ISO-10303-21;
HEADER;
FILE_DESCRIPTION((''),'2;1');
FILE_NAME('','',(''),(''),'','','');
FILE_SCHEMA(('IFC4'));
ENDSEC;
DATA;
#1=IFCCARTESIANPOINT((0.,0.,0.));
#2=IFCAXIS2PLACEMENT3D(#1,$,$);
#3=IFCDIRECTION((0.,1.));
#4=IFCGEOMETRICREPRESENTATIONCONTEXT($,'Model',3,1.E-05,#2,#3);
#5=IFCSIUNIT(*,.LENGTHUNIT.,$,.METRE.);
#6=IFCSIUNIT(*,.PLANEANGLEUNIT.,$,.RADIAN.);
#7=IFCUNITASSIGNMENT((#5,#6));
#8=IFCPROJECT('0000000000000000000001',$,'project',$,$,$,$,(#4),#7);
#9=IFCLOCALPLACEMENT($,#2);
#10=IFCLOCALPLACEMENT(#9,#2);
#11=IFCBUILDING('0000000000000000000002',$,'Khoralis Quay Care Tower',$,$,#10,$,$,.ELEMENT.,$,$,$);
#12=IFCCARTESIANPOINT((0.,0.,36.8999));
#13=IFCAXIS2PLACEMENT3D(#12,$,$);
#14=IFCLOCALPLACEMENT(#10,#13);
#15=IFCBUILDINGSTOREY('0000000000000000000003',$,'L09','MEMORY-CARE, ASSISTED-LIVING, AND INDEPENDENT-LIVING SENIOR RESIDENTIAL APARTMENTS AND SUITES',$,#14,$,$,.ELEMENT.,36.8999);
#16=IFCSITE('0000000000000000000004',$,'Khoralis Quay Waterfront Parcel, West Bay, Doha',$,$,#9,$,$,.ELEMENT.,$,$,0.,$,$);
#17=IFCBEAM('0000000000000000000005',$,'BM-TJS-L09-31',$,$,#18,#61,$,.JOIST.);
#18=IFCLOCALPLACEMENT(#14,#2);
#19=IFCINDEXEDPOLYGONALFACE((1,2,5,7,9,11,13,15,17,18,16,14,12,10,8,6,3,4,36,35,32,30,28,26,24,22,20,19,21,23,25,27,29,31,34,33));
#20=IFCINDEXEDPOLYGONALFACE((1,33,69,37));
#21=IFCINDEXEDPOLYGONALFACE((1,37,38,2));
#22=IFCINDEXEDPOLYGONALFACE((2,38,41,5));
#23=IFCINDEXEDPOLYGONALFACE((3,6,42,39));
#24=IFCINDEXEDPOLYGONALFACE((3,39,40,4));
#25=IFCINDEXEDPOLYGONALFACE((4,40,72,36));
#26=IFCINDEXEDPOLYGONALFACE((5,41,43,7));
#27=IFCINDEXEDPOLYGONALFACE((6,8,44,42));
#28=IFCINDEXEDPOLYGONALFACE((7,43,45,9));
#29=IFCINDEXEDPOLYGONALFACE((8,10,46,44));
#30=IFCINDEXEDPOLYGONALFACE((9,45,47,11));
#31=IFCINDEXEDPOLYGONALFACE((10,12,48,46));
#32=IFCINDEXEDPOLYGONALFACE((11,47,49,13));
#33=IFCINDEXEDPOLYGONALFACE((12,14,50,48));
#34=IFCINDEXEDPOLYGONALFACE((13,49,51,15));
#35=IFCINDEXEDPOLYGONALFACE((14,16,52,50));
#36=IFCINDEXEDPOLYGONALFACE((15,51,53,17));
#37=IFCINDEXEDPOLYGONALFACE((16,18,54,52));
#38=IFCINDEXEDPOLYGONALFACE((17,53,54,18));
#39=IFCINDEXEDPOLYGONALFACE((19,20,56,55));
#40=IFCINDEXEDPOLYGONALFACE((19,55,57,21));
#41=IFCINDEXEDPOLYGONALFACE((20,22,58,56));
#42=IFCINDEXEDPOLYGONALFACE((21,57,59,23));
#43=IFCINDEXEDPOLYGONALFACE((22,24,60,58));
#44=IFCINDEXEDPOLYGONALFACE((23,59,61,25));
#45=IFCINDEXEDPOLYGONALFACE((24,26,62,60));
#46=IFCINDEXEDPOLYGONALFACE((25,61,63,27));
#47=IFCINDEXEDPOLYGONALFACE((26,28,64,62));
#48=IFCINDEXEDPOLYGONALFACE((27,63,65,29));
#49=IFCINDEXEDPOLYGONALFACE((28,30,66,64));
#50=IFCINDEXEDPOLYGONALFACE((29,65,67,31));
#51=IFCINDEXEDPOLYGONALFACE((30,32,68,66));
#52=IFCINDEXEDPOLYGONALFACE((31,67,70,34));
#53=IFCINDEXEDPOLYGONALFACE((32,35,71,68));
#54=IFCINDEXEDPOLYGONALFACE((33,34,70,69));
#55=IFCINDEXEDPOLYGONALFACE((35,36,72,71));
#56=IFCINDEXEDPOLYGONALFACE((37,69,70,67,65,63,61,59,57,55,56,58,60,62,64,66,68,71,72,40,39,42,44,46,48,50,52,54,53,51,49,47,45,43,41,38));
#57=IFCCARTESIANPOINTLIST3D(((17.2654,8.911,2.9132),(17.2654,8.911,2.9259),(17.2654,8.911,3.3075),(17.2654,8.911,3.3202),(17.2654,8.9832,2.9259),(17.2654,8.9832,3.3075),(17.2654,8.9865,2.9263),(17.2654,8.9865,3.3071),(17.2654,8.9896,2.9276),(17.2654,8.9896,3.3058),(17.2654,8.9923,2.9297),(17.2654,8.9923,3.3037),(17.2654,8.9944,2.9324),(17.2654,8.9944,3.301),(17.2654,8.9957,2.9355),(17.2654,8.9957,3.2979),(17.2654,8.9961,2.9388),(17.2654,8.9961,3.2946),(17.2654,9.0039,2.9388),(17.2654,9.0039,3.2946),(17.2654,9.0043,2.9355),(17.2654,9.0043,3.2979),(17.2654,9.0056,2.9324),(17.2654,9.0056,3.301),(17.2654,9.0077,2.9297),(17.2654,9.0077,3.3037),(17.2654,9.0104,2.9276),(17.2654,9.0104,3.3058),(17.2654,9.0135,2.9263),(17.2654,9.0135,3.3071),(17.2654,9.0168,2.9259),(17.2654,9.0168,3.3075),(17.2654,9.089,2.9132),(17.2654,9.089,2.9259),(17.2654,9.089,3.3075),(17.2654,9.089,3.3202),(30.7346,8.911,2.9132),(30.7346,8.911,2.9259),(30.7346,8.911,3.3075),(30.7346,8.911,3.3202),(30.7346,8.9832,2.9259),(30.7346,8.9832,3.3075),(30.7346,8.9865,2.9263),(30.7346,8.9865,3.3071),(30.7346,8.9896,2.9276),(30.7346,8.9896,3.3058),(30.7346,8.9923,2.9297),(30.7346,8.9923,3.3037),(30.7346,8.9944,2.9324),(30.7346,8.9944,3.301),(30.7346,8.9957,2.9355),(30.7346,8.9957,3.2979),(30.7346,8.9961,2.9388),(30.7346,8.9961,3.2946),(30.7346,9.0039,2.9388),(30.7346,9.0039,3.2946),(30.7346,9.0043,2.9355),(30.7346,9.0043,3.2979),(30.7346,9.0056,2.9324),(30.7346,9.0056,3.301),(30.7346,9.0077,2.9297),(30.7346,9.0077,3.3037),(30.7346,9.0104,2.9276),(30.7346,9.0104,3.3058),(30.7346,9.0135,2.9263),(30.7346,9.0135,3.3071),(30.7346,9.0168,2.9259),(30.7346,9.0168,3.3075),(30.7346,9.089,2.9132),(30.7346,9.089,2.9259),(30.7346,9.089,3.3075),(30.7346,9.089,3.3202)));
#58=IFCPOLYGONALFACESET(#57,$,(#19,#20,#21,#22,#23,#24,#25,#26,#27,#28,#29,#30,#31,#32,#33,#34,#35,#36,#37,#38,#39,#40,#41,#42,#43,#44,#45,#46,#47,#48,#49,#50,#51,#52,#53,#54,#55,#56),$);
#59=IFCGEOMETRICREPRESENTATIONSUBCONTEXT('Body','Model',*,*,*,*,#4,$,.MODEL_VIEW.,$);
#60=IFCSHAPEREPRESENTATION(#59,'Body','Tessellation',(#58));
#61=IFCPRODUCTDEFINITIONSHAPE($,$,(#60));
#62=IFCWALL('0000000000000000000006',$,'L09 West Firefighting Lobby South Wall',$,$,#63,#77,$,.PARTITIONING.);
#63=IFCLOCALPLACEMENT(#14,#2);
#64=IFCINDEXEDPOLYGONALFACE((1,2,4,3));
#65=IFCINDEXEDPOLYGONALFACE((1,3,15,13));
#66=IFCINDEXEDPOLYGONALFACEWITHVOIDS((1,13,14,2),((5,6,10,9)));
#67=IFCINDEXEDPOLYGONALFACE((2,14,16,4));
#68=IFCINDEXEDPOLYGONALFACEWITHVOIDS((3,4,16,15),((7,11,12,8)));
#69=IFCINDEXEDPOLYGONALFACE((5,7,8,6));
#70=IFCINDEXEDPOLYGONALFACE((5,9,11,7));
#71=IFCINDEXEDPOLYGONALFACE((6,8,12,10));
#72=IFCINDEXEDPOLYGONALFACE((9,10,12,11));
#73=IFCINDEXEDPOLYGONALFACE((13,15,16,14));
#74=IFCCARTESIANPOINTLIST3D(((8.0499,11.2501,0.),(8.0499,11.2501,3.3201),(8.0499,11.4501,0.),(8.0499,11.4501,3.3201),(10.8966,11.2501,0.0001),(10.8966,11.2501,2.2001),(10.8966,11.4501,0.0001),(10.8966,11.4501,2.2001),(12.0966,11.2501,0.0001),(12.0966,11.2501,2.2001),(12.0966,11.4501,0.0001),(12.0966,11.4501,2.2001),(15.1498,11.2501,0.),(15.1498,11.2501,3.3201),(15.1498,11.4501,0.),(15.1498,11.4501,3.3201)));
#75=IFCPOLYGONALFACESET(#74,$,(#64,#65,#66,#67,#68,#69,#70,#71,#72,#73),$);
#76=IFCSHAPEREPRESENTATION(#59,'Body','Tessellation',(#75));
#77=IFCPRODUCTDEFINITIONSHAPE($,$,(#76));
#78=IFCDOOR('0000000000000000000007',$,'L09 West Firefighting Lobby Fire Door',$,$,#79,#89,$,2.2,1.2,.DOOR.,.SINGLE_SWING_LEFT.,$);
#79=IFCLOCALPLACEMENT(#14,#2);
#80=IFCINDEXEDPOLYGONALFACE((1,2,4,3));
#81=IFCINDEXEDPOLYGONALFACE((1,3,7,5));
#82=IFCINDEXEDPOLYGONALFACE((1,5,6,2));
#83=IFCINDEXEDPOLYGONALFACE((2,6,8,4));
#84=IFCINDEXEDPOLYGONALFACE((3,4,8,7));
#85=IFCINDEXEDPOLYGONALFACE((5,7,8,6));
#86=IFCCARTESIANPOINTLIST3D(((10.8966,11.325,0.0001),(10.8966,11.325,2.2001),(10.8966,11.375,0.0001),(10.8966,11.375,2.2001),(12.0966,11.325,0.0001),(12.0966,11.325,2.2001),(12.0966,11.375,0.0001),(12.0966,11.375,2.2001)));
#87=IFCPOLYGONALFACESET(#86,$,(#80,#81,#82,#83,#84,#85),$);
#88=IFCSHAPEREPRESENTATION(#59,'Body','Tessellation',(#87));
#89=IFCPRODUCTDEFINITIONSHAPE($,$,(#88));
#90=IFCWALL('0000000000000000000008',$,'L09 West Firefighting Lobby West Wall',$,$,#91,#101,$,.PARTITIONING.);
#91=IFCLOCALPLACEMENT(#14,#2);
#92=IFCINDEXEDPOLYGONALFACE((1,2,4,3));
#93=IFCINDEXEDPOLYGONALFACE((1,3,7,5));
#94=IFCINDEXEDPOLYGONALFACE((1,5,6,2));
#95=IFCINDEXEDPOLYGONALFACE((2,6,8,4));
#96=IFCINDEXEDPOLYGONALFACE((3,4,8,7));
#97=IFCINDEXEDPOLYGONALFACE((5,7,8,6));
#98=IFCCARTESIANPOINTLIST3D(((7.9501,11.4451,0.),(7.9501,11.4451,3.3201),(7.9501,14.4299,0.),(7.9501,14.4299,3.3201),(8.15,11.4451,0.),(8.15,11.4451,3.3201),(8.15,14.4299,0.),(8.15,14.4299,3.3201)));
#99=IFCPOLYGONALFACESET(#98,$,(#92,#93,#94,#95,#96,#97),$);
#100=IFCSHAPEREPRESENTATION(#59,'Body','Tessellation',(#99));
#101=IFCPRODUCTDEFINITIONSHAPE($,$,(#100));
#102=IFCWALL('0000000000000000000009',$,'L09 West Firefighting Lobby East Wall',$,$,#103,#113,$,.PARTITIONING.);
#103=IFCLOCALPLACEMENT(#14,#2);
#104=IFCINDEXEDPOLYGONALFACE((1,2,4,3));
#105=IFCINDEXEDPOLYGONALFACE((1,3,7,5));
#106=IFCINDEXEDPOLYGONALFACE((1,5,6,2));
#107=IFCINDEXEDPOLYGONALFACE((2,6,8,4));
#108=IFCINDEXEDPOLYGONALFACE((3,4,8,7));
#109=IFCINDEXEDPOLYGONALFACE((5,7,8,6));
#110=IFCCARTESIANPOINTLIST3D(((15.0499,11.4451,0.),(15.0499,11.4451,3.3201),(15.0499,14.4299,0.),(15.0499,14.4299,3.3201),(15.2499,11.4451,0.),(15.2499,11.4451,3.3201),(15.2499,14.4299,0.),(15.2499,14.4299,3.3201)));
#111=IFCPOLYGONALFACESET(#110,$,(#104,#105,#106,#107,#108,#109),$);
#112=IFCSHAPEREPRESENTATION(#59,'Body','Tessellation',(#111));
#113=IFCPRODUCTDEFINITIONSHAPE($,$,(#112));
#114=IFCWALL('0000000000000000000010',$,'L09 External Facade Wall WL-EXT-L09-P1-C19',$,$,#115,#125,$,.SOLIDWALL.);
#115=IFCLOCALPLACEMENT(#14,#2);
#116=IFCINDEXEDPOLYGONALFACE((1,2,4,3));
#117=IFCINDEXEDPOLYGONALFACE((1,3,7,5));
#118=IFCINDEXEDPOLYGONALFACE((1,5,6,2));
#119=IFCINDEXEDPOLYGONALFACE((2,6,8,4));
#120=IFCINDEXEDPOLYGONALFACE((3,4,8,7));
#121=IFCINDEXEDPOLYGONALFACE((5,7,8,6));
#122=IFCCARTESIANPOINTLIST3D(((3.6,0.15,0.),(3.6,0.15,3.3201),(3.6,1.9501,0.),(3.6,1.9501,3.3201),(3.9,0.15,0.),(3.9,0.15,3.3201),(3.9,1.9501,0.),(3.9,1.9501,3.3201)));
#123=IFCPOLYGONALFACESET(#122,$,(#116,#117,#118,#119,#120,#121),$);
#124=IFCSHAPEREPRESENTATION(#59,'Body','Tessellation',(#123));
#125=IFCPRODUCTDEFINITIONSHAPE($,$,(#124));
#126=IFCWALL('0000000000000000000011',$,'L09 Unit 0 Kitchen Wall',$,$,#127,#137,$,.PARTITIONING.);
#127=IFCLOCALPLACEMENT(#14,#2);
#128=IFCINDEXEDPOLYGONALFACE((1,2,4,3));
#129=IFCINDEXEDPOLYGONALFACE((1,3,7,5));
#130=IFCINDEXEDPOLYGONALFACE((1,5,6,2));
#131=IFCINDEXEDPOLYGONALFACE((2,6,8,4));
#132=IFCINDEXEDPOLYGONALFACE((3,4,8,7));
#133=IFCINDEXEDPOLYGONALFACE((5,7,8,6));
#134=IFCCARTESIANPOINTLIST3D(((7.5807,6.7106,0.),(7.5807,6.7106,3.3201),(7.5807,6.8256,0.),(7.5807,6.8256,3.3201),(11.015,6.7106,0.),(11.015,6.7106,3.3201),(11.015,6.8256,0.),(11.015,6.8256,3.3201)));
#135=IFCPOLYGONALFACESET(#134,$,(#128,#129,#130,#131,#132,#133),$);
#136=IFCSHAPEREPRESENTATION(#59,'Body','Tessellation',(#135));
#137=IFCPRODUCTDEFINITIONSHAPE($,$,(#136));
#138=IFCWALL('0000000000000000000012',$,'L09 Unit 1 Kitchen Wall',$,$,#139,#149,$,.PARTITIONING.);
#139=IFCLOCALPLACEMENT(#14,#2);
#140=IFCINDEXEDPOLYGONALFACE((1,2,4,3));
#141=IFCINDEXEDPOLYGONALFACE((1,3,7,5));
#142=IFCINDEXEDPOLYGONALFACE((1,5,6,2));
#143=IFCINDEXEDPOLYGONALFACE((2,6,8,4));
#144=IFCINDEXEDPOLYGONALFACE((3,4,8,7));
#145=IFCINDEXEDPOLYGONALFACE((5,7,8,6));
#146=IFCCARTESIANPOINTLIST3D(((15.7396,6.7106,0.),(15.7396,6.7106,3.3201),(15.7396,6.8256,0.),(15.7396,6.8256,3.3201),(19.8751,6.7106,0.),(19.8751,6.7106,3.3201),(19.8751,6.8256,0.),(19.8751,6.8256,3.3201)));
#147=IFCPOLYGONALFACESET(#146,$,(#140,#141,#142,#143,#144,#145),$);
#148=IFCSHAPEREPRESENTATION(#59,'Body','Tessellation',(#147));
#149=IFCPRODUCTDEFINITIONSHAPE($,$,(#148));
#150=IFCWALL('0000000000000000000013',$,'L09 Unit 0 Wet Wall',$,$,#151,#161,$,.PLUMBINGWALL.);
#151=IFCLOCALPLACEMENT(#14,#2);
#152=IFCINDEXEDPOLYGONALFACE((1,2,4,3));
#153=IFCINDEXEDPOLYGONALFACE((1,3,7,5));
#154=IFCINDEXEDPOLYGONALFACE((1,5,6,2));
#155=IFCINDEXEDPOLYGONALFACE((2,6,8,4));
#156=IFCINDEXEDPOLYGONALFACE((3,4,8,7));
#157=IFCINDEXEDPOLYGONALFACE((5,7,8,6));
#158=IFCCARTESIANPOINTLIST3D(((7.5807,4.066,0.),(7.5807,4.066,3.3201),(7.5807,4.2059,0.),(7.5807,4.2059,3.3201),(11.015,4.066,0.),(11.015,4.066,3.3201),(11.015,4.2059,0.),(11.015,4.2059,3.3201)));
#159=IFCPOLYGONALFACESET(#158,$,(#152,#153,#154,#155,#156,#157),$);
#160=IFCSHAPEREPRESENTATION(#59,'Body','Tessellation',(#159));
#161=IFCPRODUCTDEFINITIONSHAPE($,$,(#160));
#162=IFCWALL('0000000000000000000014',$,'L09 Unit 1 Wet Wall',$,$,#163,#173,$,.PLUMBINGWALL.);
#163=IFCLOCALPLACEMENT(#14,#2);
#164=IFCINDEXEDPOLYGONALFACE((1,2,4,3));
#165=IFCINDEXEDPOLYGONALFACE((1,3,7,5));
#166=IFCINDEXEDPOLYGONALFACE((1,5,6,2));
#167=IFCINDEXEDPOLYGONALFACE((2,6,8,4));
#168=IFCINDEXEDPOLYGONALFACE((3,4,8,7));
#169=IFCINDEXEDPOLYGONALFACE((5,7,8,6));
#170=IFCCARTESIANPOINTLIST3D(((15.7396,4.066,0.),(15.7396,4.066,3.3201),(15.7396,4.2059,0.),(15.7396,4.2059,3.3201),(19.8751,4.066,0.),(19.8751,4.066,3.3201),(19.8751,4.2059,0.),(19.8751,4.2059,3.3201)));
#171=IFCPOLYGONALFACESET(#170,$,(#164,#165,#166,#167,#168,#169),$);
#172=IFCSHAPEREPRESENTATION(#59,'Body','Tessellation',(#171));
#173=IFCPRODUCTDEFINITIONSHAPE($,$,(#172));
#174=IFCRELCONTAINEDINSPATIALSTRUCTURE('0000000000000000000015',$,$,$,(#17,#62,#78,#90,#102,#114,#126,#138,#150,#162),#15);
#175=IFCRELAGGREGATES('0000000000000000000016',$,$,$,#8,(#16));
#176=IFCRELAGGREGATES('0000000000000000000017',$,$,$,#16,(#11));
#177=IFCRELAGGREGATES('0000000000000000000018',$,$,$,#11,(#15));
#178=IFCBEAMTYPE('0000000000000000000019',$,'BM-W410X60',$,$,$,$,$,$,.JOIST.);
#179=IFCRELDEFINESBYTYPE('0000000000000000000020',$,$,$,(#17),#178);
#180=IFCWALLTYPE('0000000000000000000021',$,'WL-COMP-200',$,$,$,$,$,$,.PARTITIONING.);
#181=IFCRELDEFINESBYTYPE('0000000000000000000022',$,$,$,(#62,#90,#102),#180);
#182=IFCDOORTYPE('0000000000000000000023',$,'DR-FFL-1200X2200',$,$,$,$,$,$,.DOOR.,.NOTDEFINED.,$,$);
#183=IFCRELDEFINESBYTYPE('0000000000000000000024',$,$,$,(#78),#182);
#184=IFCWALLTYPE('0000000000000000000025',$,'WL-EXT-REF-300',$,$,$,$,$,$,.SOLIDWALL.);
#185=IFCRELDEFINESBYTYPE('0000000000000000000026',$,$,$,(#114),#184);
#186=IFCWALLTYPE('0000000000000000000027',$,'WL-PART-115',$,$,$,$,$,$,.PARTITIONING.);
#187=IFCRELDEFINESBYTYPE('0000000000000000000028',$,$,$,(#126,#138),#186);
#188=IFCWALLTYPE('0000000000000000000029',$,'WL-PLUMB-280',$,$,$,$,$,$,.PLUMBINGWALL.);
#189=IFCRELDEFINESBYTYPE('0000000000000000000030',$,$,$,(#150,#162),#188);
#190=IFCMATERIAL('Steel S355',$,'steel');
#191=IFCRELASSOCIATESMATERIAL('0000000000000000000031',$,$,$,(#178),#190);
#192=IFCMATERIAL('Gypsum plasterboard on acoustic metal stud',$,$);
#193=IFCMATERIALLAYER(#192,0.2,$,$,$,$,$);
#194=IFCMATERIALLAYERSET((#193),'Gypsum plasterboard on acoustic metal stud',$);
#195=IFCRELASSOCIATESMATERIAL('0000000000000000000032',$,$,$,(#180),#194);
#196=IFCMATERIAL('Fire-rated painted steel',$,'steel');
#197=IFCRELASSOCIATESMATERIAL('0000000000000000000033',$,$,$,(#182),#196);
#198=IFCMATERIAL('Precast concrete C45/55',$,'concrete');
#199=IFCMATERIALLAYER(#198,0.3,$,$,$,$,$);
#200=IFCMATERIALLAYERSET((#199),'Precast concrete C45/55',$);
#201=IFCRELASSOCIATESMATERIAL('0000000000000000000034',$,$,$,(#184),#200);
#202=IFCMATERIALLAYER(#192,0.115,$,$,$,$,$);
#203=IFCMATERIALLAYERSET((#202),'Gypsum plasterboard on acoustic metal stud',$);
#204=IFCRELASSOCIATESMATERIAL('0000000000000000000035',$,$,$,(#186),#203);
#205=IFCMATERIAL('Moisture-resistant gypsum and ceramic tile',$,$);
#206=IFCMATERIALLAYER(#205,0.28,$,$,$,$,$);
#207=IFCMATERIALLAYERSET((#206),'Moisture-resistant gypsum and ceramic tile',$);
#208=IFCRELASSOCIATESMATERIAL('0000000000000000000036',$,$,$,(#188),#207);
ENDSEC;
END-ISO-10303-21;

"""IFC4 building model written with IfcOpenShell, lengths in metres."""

from ifc_helpers import new_model, si_unit, direction, frame, frame_2d, origin, origin_2d, place, context, subcontext, project, spatial, rectangle, i_section, extrude, source, transform, mapped, material, layer, layer_set, material_profile, profile_set, type_object, element, fill, save


model = new_model("IFC4")

# Units and contexts
model_context = context("Model", 3, precision=1e-05, world=origin(), true_north=direction((0.0, 1.0)))
body_context = subcontext(model_context, "Body", "Model", "MODEL_VIEW")
ifc_project = project(units=[si_unit("LENGTHUNIT", "METRE"), si_unit("PLANEANGLEUNIT", "RADIAN")], contexts=[model_context])

# Site, building, storey
site_placement = place(None, origin())
site = spatial("IfcSite", under=ifc_project, at=site_placement, Name="Khoralis Quay Waterfront Parcel, West Bay, Doha", CompositionType="ELEMENT", RefElevation=0.0)
building_placement = place(site_placement, origin())
building = spatial("IfcBuilding", under=site, at=building_placement, Name="Khoralis Quay Care Tower", CompositionType="ELEMENT")
storey_placement = place(building_placement, frame((0.0, 0.0, 36.8999)))
storey = spatial("IfcBuildingStorey", under=building, at=storey_placement, Name="L09", Description="MEMORY-CARE, ASSISTED-LIVING, AND INDEPENDENT-LIVING SENIOR RESIDENTIAL APARTMENTS AND SUITES", CompositionType="ELEMENT", Elevation=36.8999)

# Beam
ifc_material_1 = material(Name="Steel S355", Category="steel")
ifc_material_profile_1 = material_profile(ifc_material_1, i_section(OverallWidth=0.178, OverallDepth=0.407, WebThickness=0.0078, FlangeThickness=0.0127, FilletRadius=0.0129, at=origin_2d()), Name="Steel S355")
ifc_profile_set_1 = profile_set([ifc_material_profile_1], Name="Steel S355")
beam_type_1 = type_object("IfcBeamType", Name="BM-W410X60", PredefinedType="JOIST", material=ifc_profile_set_1)
shared_shape_1 = source(origin(), body_context, "Body", "SweptSolid", [
    extrude(i_section(OverallWidth=0.178, OverallDepth=0.407, WebThickness=0.0078, FlangeThickness=0.0127, FilletRadius=0.0129, at=origin_2d()), origin(), (0.0, 0.0, 1.0), 13.4692),
])
beam_1_placement = place(storey_placement, frame((17.2654, 9.0, 3.1167), z_axis=(1.0, 0.0, 0.0), x_axis=(0.0, 1.0, 0.0)))
element("IfcBeam", 1, at=beam_1_placement, inside=storey, type_object=beam_type_1, Name="BM-TJS-L09-31", PredefinedType="JOIST", context=body_context, shape_type="MappedRepresentation", body=[
    mapped(shared_shape_1, transform((0.0, 0.0, 0.0), scale=1.0)),
])

# Wall, opening, door
ifc_material_2 = material(Name="Gypsum plasterboard on acoustic metal stud")
ifc_layer_1 = layer(ifc_material_2, 0.2)
ifc_layer_set_1 = layer_set([ifc_layer_1], Name="Gypsum plasterboard on acoustic metal stud")
wall_type_1 = type_object("IfcWallType", Name="WL-COMP-200", PredefinedType="PARTITIONING", material=ifc_layer_set_1)
wall_1_placement = place(storey_placement, frame((8.05, 11.3501, 0.0), z_axis=(0.0, 0.0, 1.0), x_axis=(1.0, 0.0, 0.0)))
wall_1 = element("IfcWall", 2, at=wall_1_placement, inside=storey, type_object=wall_type_1, Name="L09 West Firefighting Lobby South Wall", PredefinedType="PARTITIONING", context=body_context, shape_type="SweptSolid", body=[
    extrude(rectangle(XDim=7.0999, YDim=0.2, at=frame_2d((3.5498, 0.0))), origin(), (0.0, 0.0, 1.0), 3.3201),
])
opening_placement = place(wall_1_placement, frame((2.8464, 0.0, 0.0)))
opening = element("IfcOpeningElement", 3, at=opening_placement, cuts=wall_1, PredefinedType="OPENING", context=body_context, shape_type="SweptSolid", body=[
    extrude(rectangle(XDim=1.2, YDim=2.2, at=frame_2d((0.6001, 1.1001))), frame((0.0, 0.1099, 0.0), z_axis=(0.0, -1.0, 0.0), x_axis=(1.0, 0.0, 0.0)), (0.0, 0.0, 1.0), 0.22),
])
ifc_material_3 = material(Name="Fire-rated painted steel", Category="steel")
door_type = type_object("IfcDoorType", Name="DR-FFL-1200X2200", OperationType="NOTDEFINED", PredefinedType="DOOR", material=ifc_material_3)
shared_shape_2 = source(origin(), body_context, "Body", "SweptSolid", [
    extrude(rectangle(XDim=1.2, YDim=2.2, at=frame_2d((0.6001, 1.1001))), frame((0.0, 0.0249, 0.0), z_axis=(0.0, -1.0, 0.0), x_axis=(1.0, 0.0, 0.0)), (0.0, 0.0, 1.0), 0.05),
])
door_placement = place(opening_placement, origin())
door = element("IfcDoor", 4, at=door_placement, inside=storey, type_object=door_type, Name="L09 West Firefighting Lobby Fire Door", OperationType="SINGLE_SWING_LEFT", OverallHeight=2.2, OverallWidth=1.2, PredefinedType="DOOR", context=body_context, shape_type="MappedRepresentation", body=[
    mapped(shared_shape_2, transform((0.0, 0.0, 0.0), scale=1.0)),
])
fill(opening, door)

# Walls
for number, where, z_axis, x_axis, name in (
    (5, (8.05, 11.4451, 0.0), (0.0, 0.0, 1.0), (0.0, 1.0, 0.0), "L09 West Firefighting Lobby West Wall"),
    (6, (15.1499, 11.4451, 0.0), (0.0, 0.0, 1.0), (0.0, 1.0, 0.0), "L09 West Firefighting Lobby East Wall"),
):
    element("IfcWall", number, at=place(storey_placement, frame(where, z_axis=z_axis, x_axis=x_axis)), inside=storey, type_object=wall_type_1, Name=name, PredefinedType="PARTITIONING", context=body_context, shape_type="SweptSolid", body=[
        extrude(rectangle(XDim=2.9849, YDim=0.2, at=frame_2d((1.4924, 0.0))), origin(), (0.0, 0.0, 1.0), 3.3201),
    ])
ifc_material_4 = material(Name="Precast concrete C45/55", Category="concrete")
ifc_layer_2 = layer(ifc_material_4, 0.3)
ifc_layer_set_2 = layer_set([ifc_layer_2], Name="Precast concrete C45/55")
wall_type_2 = type_object("IfcWallType", Name="WL-EXT-REF-300", PredefinedType="SOLIDWALL", material=ifc_layer_set_2)
wall_2_placement = place(storey_placement, frame((3.75, 1.95, 0.0), z_axis=(0.0, 0.0, 1.0), x_axis=(0.0, -1.0, 0.0)))
element("IfcWall", 7, at=wall_2_placement, inside=storey, type_object=wall_type_2, Name="L09 External Facade Wall WL-EXT-L09-P1-C19", PredefinedType="SOLIDWALL", context=body_context, shape_type="SweptSolid", body=[
    extrude(rectangle(XDim=1.8, YDim=0.3, at=frame_2d((0.8999, 0.0))), origin(), (0.0, 0.0, 1.0), 3.3201),
])
ifc_layer_3 = layer(ifc_material_2, 0.115)
ifc_layer_set_3 = layer_set([ifc_layer_3], Name="Gypsum plasterboard on acoustic metal stud")
wall_type_3 = type_object("IfcWallType", Name="WL-PART-115", PredefinedType="PARTITIONING", material=ifc_layer_set_3)
wall_3_placement = place(storey_placement, frame((7.5806, 6.7681, 0.0), z_axis=(0.0, 0.0, 1.0), x_axis=(1.0, 0.0, 0.0)))
element("IfcWall", 8, at=wall_3_placement, inside=storey, type_object=wall_type_3, Name="L09 Unit 0 Kitchen Wall", PredefinedType="PARTITIONING", context=body_context, shape_type="SweptSolid", body=[
    extrude(rectangle(XDim=3.4343, YDim=0.115, at=frame_2d((1.7173, 0.0))), origin(), (0.0, 0.0, 1.0), 3.3201),
])
wall_4_placement = place(storey_placement, frame((15.7395, 6.7681, 0.0), z_axis=(0.0, 0.0, 1.0), x_axis=(1.0, 0.0, 0.0)))
element("IfcWall", 9, at=wall_4_placement, inside=storey, type_object=wall_type_3, Name="L09 Unit 1 Kitchen Wall", PredefinedType="PARTITIONING", context=body_context, shape_type="SweptSolid", body=[
    extrude(rectangle(XDim=4.1355, YDim=0.115, at=frame_2d((2.0679, 0.0))), origin(), (0.0, 0.0, 1.0), 3.3201),
])
ifc_material_5 = material(Name="Moisture-resistant gypsum and ceramic tile")
ifc_layer_4 = layer(ifc_material_5, 0.28)
ifc_layer_set_4 = layer_set([ifc_layer_4], Name="Moisture-resistant gypsum and ceramic tile")
wall_type_4 = type_object("IfcWallType", Name="WL-PLUMB-280", PredefinedType="PLUMBINGWALL", material=ifc_layer_set_4)
wall_5_placement = place(storey_placement, frame((7.5806, 4.136, 0.0), z_axis=(0.0, 0.0, 1.0), x_axis=(1.0, 0.0, 0.0)))
element("IfcWall", 10, at=wall_5_placement, inside=storey, type_object=wall_type_4, Name="L09 Unit 0 Wet Wall", PredefinedType="PLUMBINGWALL", context=body_context, shape_type="SweptSolid", body=[
    extrude(rectangle(XDim=3.4343, YDim=0.1399, at=frame_2d((1.7173, 0.0))), origin(), (0.0, 0.0, 1.0), 3.3201),
])
wall_6_placement = place(storey_placement, frame((15.7395, 4.136, 0.0), z_axis=(0.0, 0.0, 1.0), x_axis=(1.0, 0.0, 0.0)))
element("IfcWall", 11, at=wall_6_placement, inside=storey, type_object=wall_type_4, Name="L09 Unit 1 Wet Wall", PredefinedType="PLUMBINGWALL", context=body_context, shape_type="SweptSolid", body=[
    extrude(rectangle(XDim=4.1355, YDim=0.1399, at=frame_2d((2.0679, 0.0))), origin(), (0.0, 0.0, 1.0), 3.3201),
])

save(model, "model.ifc")
